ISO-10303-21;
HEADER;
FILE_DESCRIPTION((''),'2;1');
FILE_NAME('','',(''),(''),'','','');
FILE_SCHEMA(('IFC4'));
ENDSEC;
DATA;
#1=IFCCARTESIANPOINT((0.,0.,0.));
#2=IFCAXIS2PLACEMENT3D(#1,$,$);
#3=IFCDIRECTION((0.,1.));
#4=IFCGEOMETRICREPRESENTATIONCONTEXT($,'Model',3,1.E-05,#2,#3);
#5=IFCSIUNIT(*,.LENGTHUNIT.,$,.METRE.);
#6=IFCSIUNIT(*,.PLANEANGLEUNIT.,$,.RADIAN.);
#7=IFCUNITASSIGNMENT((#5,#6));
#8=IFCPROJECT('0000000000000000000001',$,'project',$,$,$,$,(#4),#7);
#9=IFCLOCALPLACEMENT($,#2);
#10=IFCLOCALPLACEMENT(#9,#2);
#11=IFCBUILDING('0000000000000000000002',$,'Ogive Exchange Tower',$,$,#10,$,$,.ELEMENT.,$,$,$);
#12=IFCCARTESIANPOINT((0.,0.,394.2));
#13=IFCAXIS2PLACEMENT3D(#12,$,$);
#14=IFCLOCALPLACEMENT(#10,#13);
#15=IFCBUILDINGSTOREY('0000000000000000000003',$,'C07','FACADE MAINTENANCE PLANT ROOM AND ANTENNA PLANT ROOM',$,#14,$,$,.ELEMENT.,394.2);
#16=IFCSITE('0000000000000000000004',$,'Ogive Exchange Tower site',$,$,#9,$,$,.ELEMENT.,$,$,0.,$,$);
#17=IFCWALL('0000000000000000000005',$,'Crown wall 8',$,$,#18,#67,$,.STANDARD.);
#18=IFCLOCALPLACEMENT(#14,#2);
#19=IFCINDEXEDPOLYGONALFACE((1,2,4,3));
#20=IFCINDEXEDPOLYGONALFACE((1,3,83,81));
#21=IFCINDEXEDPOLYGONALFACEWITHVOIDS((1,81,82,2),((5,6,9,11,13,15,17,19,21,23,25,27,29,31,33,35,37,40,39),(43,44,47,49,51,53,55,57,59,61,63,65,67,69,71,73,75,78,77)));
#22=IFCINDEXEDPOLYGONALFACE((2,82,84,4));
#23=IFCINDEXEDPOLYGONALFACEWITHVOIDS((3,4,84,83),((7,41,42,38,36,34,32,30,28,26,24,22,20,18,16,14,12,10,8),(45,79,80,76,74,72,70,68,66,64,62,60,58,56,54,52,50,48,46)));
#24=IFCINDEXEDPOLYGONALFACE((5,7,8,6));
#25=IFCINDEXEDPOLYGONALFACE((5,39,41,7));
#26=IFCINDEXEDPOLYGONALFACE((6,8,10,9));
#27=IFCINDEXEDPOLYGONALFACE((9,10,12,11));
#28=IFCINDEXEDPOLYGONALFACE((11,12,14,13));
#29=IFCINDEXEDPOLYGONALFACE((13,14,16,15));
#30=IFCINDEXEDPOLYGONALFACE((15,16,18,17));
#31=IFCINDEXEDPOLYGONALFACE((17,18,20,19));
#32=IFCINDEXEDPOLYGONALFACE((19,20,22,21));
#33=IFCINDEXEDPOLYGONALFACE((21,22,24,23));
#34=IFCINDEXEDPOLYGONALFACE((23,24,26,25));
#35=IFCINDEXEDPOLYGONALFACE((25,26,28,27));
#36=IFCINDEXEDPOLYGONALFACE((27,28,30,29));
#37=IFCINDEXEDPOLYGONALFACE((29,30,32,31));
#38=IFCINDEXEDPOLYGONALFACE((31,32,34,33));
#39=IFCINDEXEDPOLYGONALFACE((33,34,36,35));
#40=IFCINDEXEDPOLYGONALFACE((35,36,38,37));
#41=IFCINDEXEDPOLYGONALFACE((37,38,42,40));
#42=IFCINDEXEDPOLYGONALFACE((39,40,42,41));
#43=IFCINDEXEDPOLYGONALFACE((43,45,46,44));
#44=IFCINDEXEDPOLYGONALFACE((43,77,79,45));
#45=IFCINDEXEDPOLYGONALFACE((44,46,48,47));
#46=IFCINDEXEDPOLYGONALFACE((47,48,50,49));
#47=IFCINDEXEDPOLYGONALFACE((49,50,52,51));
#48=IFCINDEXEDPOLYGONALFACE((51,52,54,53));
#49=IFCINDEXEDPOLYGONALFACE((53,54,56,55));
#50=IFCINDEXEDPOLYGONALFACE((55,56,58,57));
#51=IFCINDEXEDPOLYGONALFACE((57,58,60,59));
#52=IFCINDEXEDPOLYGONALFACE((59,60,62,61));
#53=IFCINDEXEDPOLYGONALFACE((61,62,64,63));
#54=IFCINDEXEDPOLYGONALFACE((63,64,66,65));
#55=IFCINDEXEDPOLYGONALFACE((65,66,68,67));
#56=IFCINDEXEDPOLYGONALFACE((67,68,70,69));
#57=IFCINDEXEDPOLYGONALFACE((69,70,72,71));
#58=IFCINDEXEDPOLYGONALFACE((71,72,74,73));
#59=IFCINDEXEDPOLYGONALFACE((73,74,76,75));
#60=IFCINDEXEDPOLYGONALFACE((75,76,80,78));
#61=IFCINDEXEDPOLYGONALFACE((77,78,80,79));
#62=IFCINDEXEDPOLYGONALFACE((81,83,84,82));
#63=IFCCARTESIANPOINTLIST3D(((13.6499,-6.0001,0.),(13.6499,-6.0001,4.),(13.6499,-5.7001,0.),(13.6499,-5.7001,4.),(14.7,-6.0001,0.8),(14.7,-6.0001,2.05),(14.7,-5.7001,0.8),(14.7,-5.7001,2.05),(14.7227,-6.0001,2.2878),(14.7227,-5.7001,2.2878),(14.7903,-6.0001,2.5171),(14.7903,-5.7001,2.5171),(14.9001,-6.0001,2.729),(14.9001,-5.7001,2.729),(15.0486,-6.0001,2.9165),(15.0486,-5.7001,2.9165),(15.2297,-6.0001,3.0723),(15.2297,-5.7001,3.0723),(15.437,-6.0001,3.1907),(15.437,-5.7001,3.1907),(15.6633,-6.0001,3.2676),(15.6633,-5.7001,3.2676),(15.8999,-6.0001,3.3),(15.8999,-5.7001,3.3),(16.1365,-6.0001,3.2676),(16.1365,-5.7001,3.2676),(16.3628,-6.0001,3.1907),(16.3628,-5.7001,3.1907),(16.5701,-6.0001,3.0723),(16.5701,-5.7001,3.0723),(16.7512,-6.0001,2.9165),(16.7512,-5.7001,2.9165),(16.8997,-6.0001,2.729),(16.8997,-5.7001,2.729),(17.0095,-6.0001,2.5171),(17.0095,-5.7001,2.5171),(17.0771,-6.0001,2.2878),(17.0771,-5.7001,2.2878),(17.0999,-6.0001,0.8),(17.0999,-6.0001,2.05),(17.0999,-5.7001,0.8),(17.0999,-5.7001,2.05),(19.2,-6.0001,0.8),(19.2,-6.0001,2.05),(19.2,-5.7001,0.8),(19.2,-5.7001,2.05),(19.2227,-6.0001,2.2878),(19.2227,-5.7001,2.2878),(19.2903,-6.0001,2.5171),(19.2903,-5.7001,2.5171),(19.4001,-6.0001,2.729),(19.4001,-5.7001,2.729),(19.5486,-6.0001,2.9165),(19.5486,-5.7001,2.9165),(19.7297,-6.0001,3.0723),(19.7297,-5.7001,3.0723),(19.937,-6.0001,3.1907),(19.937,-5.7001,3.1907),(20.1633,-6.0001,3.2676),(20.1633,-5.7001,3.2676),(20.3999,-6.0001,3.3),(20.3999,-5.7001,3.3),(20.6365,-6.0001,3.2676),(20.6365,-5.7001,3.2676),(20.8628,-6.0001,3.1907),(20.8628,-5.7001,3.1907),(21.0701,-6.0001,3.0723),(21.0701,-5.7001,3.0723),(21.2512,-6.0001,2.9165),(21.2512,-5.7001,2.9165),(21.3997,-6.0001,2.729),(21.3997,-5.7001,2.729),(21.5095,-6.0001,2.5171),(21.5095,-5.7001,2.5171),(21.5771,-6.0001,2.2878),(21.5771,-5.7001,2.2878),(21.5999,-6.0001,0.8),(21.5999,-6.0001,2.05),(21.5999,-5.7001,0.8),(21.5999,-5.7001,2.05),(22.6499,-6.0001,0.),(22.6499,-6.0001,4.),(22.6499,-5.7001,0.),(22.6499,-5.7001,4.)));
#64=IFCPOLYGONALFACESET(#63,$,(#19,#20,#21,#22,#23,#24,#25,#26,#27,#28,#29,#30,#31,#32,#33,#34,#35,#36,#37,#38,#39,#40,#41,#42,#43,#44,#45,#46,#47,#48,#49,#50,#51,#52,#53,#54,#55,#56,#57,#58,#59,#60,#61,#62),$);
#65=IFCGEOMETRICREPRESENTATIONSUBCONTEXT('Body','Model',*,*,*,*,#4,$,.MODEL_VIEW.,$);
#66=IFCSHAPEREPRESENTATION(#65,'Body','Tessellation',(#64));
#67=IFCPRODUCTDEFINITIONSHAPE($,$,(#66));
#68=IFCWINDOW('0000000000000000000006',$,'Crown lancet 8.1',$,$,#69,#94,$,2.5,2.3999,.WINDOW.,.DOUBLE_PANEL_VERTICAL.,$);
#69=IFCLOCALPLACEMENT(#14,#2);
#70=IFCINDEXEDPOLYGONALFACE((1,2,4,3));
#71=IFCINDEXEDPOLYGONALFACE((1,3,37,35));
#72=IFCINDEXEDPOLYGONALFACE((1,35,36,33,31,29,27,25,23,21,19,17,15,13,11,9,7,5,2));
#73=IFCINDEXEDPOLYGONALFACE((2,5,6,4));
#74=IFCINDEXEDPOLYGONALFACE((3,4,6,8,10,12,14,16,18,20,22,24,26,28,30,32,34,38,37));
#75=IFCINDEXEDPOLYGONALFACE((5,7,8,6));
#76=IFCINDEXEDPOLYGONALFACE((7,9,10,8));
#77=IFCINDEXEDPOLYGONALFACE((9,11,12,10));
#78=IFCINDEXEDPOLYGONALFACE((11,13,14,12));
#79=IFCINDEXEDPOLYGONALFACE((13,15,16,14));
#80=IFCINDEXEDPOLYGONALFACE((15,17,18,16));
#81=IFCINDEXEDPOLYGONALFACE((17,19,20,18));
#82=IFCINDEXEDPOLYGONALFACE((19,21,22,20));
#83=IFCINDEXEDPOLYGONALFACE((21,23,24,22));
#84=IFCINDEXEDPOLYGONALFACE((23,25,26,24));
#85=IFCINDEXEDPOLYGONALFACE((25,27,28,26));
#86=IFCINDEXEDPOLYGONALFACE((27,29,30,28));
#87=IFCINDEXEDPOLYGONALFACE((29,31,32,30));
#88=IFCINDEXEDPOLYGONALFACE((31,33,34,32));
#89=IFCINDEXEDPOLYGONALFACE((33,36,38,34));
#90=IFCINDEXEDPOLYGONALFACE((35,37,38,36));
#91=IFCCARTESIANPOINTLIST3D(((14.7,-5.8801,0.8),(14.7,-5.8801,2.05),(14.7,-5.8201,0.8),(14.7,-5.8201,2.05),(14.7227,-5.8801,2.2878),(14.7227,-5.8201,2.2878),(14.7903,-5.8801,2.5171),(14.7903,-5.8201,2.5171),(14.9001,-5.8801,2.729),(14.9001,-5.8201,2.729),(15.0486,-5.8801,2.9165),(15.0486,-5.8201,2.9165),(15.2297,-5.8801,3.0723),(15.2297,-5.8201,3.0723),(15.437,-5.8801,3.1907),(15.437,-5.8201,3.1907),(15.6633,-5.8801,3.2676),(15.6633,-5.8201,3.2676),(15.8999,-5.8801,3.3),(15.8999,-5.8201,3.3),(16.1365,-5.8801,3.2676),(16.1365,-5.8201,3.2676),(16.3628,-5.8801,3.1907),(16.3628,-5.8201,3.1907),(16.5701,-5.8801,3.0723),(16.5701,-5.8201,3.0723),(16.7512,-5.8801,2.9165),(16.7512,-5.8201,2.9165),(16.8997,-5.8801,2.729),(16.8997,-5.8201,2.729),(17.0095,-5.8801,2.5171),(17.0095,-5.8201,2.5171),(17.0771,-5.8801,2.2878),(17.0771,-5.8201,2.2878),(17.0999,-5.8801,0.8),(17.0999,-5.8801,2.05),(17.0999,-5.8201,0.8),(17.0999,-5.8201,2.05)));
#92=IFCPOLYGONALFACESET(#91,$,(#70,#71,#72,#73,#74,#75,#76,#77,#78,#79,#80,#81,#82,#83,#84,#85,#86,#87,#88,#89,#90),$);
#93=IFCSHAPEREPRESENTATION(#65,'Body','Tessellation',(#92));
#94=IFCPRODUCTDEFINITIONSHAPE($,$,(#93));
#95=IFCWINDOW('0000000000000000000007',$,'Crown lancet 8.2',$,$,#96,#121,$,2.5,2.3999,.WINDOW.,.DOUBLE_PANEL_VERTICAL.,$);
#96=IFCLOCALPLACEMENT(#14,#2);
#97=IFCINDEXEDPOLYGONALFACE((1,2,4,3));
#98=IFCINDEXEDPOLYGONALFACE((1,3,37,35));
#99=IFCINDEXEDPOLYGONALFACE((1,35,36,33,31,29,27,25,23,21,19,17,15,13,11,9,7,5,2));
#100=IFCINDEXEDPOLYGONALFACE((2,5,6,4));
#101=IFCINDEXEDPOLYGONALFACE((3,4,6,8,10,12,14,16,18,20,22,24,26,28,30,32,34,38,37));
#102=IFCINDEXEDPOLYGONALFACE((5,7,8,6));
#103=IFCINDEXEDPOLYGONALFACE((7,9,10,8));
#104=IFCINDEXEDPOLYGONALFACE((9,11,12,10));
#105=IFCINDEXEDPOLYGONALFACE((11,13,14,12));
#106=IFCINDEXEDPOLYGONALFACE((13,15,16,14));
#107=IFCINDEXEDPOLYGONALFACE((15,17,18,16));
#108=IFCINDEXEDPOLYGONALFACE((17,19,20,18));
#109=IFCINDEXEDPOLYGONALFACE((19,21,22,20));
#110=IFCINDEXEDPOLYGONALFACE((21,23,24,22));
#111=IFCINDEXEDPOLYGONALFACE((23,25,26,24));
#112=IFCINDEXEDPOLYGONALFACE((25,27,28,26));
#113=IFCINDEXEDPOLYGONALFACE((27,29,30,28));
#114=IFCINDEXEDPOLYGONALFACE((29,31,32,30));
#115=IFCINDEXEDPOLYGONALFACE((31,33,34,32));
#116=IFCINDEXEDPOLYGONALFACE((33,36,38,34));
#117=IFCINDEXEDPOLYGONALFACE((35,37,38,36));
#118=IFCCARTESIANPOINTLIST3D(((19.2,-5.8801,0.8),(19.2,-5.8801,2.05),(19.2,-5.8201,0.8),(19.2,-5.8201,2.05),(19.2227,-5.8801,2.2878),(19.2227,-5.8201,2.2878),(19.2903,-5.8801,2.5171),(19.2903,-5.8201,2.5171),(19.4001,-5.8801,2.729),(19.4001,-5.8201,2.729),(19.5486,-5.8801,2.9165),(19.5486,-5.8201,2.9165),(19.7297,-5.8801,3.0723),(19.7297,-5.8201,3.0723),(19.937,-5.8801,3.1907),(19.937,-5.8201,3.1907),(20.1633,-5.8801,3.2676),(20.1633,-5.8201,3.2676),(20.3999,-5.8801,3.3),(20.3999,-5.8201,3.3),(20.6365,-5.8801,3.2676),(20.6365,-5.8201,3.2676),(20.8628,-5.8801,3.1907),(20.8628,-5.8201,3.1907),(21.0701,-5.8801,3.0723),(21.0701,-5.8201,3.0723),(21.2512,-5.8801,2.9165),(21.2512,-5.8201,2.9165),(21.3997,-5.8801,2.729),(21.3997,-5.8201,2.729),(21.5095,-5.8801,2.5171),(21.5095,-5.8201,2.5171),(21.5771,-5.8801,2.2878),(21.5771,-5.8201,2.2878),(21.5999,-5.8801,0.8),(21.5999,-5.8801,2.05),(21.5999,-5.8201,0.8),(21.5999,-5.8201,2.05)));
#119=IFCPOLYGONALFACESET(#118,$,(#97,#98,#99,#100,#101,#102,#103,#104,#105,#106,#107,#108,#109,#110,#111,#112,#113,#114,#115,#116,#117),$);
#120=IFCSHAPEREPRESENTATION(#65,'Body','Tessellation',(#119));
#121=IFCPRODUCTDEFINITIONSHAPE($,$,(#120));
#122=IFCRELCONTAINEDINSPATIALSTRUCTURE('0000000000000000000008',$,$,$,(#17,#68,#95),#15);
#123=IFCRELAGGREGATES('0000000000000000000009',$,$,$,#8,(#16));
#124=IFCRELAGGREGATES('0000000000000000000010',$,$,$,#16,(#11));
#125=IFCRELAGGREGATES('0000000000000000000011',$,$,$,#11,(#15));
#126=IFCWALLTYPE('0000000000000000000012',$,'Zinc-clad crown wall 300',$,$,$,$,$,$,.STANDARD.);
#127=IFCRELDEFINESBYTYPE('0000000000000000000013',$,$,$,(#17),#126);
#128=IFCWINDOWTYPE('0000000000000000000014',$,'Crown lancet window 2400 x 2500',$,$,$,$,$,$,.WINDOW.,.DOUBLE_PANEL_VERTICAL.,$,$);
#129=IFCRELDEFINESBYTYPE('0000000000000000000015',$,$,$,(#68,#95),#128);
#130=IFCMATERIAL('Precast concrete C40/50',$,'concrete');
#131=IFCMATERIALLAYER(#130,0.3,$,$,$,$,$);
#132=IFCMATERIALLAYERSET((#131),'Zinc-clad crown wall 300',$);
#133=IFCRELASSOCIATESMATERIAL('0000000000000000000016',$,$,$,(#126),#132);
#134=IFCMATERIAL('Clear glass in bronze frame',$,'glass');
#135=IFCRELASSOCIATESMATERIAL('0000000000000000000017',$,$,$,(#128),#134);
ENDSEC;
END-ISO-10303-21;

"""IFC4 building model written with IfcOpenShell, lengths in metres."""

from ifc_helpers import new_model, si_unit, direction, frame, frame_2d, origin, place, context, subcontext, project, spatial, polyline, rectangle, outline, extrude, material, layer, layer_set, type_object, element, fill, save


model = new_model("IFC4")

# Units and contexts
model_context = context("Model", 3, precision=1e-05, world=origin(), true_north=direction((0.0, 1.0)))
body_context = subcontext(model_context, "Body", "Model", "MODEL_VIEW")
ifc_project = project(units=[si_unit("LENGTHUNIT", "METRE"), si_unit("PLANEANGLEUNIT", "RADIAN")], contexts=[model_context])

# Site, building, storey
site_placement = place(None, origin())
site = spatial("IfcSite", under=ifc_project, at=site_placement, Name="Ogive Exchange Tower site", CompositionType="ELEMENT", RefElevation=0.0)
building_placement = place(site_placement, origin())
building = spatial("IfcBuilding", under=site, at=building_placement, Name="Ogive Exchange Tower", CompositionType="ELEMENT")
storey_placement = place(building_placement, frame((0.0, 0.0, 394.2)))
storey = spatial("IfcBuildingStorey", under=building, at=storey_placement, Name="C07", Description="FACADE MAINTENANCE PLANT ROOM AND ANTENNA PLANT ROOM", CompositionType="ELEMENT", Elevation=394.2)

# Wall, openings, windows
ifc_material_1 = material(Name="Precast concrete C40/50", Category="concrete")
ifc_layer_1 = layer(ifc_material_1, 0.3)
ifc_layer_set_1 = layer_set([ifc_layer_1], Name="Zinc-clad crown wall 300")
wall_type_1 = type_object("IfcWallType", Name="Zinc-clad crown wall 300", PredefinedType="STANDARD", material=ifc_layer_set_1)
ifc_material_2 = material(Name="Clear glass in bronze frame", Category="glass")
window_type = type_object("IfcWindowType", Name="Crown lancet window 2400 x 2500", PartitioningType="DOUBLE_PANEL_VERTICAL", PredefinedType="WINDOW", material=ifc_material_2)
wall_1_placement = place(storey_placement, frame((13.6499, -5.8501, 0.0), z_axis=(0.0, 0.0, 1.0), x_axis=(1.0, 0.0, 0.0)))
wall_1 = element("IfcWall", 1, at=wall_1_placement, inside=storey, type_object=wall_type_1, Name="Crown wall 8", PredefinedType="STANDARD", context=body_context, shape_type="SweptSolid", body=[
    extrude(rectangle(XDim=9.0, YDim=0.3, at=frame_2d((4.5, 0.0))), origin(), (0.0, 0.0, 1.0), 4.0),
])
opening_1_placement = place(wall_1_placement, frame((1.05, 0.0, 0.8)))
opening_1 = element("IfcOpeningElement", 2, at=opening_1_placement, cuts=wall_1, PredefinedType="OPENING", context=body_context, shape_type="SweptSolid", body=[
    extrude(outline(polyline([(0.0, 0.0), (2.3999, 0.0), (2.3999, 1.25), (2.3772, 1.4878), (2.3096, 1.717), (2.1997, 1.929), (2.0513, 2.1165), (1.8701, 2.2722), (1.6628, 2.3906), (1.4365, 2.4675), (1.2, 2.5), (0.9634, 2.4675), (0.7371, 2.3906), (0.5298, 2.2722), (0.3486, 2.1165), (0.2002, 1.929), (0.0903, 1.717), (0.0227, 1.4878), (0.0, 1.25), (0.0, 0.0)])), frame((0.0, 0.1599, 0.0), z_axis=(0.0, -1.0, 0.0), x_axis=(1.0, 0.0, 0.0)), (0.0, 0.0, 1.0), 0.3201),
])
opening_2_placement = place(wall_1_placement, frame((5.55, 0.0, 0.8)))
opening_2 = element("IfcOpeningElement", 3, at=opening_2_placement, cuts=wall_1, PredefinedType="OPENING", context=body_context, shape_type="SweptSolid", body=[
    extrude(outline(polyline([(0.0, 0.0), (2.3999, 0.0), (2.3999, 1.25), (2.3772, 1.4878), (2.3096, 1.717), (2.1997, 1.929), (2.0513, 2.1165), (1.8701, 2.2722), (1.6628, 2.3906), (1.4365, 2.4675), (1.2, 2.5), (0.9634, 2.4675), (0.7371, 2.3906), (0.5298, 2.2722), (0.3486, 2.1165), (0.2002, 1.929), (0.0903, 1.717), (0.0227, 1.4878), (0.0, 1.25), (0.0, 0.0)])), frame((0.0, 0.1599, 0.0), z_axis=(0.0, -1.0, 0.0), x_axis=(1.0, 0.0, 0.0)), (0.0, 0.0, 1.0), 0.3201),
])
window_1_placement = place(opening_1_placement, origin())
window_1 = element("IfcWindow", 4, at=window_1_placement, inside=storey, type_object=window_type, Name="Crown lancet 8.1", OverallHeight=2.5, OverallWidth=2.3999, PartitioningType="DOUBLE_PANEL_VERTICAL", PredefinedType="WINDOW", context=body_context, shape_type="SweptSolid", body=[
    extrude(outline(polyline([(0.0, 0.0), (2.3999, 0.0), (2.3999, 1.25), (2.3772, 1.4878), (2.3096, 1.717), (2.1997, 1.929), (2.0513, 2.1165), (1.8701, 2.2722), (1.6628, 2.3906), (1.4365, 2.4675), (1.2, 2.5), (0.9634, 2.4675), (0.7371, 2.3906), (0.5298, 2.2722), (0.3486, 2.1165), (0.2002, 1.929), (0.0903, 1.717), (0.0227, 1.4878), (0.0, 1.25), (0.0, 0.0)])), frame((0.0, 0.03, 0.0), z_axis=(0.0, -1.0, 0.0), x_axis=(1.0, 0.0, 0.0)), (0.0, 0.0, 1.0), 0.0601),
])
fill(opening_1, window_1)
window_2_placement = place(opening_2_placement, origin())
window_2 = element("IfcWindow", 5, at=window_2_placement, inside=storey, type_object=window_type, Name="Crown lancet 8.2", OverallHeight=2.5, OverallWidth=2.3999, PartitioningType="DOUBLE_PANEL_VERTICAL", PredefinedType="WINDOW", context=body_context, shape_type="SweptSolid", body=[
    extrude(outline(polyline([(0.0, 0.0), (2.3999, 0.0), (2.3999, 1.25), (2.3772, 1.4878), (2.3096, 1.717), (2.1997, 1.929), (2.0513, 2.1165), (1.8701, 2.2722), (1.6628, 2.3906), (1.4365, 2.4675), (1.2, 2.5), (0.9634, 2.4675), (0.7371, 2.3906), (0.5298, 2.2722), (0.3486, 2.1165), (0.2002, 1.929), (0.0903, 1.717), (0.0227, 1.4878), (0.0, 1.25), (0.0, 0.0)])), frame((0.0, 0.03, 0.0), z_axis=(0.0, -1.0, 0.0), x_axis=(1.0, 0.0, 0.0)), (0.0, 0.0, 1.0), 0.0601),
])
fill(opening_2, window_2)

save(model, "model.ifc")
